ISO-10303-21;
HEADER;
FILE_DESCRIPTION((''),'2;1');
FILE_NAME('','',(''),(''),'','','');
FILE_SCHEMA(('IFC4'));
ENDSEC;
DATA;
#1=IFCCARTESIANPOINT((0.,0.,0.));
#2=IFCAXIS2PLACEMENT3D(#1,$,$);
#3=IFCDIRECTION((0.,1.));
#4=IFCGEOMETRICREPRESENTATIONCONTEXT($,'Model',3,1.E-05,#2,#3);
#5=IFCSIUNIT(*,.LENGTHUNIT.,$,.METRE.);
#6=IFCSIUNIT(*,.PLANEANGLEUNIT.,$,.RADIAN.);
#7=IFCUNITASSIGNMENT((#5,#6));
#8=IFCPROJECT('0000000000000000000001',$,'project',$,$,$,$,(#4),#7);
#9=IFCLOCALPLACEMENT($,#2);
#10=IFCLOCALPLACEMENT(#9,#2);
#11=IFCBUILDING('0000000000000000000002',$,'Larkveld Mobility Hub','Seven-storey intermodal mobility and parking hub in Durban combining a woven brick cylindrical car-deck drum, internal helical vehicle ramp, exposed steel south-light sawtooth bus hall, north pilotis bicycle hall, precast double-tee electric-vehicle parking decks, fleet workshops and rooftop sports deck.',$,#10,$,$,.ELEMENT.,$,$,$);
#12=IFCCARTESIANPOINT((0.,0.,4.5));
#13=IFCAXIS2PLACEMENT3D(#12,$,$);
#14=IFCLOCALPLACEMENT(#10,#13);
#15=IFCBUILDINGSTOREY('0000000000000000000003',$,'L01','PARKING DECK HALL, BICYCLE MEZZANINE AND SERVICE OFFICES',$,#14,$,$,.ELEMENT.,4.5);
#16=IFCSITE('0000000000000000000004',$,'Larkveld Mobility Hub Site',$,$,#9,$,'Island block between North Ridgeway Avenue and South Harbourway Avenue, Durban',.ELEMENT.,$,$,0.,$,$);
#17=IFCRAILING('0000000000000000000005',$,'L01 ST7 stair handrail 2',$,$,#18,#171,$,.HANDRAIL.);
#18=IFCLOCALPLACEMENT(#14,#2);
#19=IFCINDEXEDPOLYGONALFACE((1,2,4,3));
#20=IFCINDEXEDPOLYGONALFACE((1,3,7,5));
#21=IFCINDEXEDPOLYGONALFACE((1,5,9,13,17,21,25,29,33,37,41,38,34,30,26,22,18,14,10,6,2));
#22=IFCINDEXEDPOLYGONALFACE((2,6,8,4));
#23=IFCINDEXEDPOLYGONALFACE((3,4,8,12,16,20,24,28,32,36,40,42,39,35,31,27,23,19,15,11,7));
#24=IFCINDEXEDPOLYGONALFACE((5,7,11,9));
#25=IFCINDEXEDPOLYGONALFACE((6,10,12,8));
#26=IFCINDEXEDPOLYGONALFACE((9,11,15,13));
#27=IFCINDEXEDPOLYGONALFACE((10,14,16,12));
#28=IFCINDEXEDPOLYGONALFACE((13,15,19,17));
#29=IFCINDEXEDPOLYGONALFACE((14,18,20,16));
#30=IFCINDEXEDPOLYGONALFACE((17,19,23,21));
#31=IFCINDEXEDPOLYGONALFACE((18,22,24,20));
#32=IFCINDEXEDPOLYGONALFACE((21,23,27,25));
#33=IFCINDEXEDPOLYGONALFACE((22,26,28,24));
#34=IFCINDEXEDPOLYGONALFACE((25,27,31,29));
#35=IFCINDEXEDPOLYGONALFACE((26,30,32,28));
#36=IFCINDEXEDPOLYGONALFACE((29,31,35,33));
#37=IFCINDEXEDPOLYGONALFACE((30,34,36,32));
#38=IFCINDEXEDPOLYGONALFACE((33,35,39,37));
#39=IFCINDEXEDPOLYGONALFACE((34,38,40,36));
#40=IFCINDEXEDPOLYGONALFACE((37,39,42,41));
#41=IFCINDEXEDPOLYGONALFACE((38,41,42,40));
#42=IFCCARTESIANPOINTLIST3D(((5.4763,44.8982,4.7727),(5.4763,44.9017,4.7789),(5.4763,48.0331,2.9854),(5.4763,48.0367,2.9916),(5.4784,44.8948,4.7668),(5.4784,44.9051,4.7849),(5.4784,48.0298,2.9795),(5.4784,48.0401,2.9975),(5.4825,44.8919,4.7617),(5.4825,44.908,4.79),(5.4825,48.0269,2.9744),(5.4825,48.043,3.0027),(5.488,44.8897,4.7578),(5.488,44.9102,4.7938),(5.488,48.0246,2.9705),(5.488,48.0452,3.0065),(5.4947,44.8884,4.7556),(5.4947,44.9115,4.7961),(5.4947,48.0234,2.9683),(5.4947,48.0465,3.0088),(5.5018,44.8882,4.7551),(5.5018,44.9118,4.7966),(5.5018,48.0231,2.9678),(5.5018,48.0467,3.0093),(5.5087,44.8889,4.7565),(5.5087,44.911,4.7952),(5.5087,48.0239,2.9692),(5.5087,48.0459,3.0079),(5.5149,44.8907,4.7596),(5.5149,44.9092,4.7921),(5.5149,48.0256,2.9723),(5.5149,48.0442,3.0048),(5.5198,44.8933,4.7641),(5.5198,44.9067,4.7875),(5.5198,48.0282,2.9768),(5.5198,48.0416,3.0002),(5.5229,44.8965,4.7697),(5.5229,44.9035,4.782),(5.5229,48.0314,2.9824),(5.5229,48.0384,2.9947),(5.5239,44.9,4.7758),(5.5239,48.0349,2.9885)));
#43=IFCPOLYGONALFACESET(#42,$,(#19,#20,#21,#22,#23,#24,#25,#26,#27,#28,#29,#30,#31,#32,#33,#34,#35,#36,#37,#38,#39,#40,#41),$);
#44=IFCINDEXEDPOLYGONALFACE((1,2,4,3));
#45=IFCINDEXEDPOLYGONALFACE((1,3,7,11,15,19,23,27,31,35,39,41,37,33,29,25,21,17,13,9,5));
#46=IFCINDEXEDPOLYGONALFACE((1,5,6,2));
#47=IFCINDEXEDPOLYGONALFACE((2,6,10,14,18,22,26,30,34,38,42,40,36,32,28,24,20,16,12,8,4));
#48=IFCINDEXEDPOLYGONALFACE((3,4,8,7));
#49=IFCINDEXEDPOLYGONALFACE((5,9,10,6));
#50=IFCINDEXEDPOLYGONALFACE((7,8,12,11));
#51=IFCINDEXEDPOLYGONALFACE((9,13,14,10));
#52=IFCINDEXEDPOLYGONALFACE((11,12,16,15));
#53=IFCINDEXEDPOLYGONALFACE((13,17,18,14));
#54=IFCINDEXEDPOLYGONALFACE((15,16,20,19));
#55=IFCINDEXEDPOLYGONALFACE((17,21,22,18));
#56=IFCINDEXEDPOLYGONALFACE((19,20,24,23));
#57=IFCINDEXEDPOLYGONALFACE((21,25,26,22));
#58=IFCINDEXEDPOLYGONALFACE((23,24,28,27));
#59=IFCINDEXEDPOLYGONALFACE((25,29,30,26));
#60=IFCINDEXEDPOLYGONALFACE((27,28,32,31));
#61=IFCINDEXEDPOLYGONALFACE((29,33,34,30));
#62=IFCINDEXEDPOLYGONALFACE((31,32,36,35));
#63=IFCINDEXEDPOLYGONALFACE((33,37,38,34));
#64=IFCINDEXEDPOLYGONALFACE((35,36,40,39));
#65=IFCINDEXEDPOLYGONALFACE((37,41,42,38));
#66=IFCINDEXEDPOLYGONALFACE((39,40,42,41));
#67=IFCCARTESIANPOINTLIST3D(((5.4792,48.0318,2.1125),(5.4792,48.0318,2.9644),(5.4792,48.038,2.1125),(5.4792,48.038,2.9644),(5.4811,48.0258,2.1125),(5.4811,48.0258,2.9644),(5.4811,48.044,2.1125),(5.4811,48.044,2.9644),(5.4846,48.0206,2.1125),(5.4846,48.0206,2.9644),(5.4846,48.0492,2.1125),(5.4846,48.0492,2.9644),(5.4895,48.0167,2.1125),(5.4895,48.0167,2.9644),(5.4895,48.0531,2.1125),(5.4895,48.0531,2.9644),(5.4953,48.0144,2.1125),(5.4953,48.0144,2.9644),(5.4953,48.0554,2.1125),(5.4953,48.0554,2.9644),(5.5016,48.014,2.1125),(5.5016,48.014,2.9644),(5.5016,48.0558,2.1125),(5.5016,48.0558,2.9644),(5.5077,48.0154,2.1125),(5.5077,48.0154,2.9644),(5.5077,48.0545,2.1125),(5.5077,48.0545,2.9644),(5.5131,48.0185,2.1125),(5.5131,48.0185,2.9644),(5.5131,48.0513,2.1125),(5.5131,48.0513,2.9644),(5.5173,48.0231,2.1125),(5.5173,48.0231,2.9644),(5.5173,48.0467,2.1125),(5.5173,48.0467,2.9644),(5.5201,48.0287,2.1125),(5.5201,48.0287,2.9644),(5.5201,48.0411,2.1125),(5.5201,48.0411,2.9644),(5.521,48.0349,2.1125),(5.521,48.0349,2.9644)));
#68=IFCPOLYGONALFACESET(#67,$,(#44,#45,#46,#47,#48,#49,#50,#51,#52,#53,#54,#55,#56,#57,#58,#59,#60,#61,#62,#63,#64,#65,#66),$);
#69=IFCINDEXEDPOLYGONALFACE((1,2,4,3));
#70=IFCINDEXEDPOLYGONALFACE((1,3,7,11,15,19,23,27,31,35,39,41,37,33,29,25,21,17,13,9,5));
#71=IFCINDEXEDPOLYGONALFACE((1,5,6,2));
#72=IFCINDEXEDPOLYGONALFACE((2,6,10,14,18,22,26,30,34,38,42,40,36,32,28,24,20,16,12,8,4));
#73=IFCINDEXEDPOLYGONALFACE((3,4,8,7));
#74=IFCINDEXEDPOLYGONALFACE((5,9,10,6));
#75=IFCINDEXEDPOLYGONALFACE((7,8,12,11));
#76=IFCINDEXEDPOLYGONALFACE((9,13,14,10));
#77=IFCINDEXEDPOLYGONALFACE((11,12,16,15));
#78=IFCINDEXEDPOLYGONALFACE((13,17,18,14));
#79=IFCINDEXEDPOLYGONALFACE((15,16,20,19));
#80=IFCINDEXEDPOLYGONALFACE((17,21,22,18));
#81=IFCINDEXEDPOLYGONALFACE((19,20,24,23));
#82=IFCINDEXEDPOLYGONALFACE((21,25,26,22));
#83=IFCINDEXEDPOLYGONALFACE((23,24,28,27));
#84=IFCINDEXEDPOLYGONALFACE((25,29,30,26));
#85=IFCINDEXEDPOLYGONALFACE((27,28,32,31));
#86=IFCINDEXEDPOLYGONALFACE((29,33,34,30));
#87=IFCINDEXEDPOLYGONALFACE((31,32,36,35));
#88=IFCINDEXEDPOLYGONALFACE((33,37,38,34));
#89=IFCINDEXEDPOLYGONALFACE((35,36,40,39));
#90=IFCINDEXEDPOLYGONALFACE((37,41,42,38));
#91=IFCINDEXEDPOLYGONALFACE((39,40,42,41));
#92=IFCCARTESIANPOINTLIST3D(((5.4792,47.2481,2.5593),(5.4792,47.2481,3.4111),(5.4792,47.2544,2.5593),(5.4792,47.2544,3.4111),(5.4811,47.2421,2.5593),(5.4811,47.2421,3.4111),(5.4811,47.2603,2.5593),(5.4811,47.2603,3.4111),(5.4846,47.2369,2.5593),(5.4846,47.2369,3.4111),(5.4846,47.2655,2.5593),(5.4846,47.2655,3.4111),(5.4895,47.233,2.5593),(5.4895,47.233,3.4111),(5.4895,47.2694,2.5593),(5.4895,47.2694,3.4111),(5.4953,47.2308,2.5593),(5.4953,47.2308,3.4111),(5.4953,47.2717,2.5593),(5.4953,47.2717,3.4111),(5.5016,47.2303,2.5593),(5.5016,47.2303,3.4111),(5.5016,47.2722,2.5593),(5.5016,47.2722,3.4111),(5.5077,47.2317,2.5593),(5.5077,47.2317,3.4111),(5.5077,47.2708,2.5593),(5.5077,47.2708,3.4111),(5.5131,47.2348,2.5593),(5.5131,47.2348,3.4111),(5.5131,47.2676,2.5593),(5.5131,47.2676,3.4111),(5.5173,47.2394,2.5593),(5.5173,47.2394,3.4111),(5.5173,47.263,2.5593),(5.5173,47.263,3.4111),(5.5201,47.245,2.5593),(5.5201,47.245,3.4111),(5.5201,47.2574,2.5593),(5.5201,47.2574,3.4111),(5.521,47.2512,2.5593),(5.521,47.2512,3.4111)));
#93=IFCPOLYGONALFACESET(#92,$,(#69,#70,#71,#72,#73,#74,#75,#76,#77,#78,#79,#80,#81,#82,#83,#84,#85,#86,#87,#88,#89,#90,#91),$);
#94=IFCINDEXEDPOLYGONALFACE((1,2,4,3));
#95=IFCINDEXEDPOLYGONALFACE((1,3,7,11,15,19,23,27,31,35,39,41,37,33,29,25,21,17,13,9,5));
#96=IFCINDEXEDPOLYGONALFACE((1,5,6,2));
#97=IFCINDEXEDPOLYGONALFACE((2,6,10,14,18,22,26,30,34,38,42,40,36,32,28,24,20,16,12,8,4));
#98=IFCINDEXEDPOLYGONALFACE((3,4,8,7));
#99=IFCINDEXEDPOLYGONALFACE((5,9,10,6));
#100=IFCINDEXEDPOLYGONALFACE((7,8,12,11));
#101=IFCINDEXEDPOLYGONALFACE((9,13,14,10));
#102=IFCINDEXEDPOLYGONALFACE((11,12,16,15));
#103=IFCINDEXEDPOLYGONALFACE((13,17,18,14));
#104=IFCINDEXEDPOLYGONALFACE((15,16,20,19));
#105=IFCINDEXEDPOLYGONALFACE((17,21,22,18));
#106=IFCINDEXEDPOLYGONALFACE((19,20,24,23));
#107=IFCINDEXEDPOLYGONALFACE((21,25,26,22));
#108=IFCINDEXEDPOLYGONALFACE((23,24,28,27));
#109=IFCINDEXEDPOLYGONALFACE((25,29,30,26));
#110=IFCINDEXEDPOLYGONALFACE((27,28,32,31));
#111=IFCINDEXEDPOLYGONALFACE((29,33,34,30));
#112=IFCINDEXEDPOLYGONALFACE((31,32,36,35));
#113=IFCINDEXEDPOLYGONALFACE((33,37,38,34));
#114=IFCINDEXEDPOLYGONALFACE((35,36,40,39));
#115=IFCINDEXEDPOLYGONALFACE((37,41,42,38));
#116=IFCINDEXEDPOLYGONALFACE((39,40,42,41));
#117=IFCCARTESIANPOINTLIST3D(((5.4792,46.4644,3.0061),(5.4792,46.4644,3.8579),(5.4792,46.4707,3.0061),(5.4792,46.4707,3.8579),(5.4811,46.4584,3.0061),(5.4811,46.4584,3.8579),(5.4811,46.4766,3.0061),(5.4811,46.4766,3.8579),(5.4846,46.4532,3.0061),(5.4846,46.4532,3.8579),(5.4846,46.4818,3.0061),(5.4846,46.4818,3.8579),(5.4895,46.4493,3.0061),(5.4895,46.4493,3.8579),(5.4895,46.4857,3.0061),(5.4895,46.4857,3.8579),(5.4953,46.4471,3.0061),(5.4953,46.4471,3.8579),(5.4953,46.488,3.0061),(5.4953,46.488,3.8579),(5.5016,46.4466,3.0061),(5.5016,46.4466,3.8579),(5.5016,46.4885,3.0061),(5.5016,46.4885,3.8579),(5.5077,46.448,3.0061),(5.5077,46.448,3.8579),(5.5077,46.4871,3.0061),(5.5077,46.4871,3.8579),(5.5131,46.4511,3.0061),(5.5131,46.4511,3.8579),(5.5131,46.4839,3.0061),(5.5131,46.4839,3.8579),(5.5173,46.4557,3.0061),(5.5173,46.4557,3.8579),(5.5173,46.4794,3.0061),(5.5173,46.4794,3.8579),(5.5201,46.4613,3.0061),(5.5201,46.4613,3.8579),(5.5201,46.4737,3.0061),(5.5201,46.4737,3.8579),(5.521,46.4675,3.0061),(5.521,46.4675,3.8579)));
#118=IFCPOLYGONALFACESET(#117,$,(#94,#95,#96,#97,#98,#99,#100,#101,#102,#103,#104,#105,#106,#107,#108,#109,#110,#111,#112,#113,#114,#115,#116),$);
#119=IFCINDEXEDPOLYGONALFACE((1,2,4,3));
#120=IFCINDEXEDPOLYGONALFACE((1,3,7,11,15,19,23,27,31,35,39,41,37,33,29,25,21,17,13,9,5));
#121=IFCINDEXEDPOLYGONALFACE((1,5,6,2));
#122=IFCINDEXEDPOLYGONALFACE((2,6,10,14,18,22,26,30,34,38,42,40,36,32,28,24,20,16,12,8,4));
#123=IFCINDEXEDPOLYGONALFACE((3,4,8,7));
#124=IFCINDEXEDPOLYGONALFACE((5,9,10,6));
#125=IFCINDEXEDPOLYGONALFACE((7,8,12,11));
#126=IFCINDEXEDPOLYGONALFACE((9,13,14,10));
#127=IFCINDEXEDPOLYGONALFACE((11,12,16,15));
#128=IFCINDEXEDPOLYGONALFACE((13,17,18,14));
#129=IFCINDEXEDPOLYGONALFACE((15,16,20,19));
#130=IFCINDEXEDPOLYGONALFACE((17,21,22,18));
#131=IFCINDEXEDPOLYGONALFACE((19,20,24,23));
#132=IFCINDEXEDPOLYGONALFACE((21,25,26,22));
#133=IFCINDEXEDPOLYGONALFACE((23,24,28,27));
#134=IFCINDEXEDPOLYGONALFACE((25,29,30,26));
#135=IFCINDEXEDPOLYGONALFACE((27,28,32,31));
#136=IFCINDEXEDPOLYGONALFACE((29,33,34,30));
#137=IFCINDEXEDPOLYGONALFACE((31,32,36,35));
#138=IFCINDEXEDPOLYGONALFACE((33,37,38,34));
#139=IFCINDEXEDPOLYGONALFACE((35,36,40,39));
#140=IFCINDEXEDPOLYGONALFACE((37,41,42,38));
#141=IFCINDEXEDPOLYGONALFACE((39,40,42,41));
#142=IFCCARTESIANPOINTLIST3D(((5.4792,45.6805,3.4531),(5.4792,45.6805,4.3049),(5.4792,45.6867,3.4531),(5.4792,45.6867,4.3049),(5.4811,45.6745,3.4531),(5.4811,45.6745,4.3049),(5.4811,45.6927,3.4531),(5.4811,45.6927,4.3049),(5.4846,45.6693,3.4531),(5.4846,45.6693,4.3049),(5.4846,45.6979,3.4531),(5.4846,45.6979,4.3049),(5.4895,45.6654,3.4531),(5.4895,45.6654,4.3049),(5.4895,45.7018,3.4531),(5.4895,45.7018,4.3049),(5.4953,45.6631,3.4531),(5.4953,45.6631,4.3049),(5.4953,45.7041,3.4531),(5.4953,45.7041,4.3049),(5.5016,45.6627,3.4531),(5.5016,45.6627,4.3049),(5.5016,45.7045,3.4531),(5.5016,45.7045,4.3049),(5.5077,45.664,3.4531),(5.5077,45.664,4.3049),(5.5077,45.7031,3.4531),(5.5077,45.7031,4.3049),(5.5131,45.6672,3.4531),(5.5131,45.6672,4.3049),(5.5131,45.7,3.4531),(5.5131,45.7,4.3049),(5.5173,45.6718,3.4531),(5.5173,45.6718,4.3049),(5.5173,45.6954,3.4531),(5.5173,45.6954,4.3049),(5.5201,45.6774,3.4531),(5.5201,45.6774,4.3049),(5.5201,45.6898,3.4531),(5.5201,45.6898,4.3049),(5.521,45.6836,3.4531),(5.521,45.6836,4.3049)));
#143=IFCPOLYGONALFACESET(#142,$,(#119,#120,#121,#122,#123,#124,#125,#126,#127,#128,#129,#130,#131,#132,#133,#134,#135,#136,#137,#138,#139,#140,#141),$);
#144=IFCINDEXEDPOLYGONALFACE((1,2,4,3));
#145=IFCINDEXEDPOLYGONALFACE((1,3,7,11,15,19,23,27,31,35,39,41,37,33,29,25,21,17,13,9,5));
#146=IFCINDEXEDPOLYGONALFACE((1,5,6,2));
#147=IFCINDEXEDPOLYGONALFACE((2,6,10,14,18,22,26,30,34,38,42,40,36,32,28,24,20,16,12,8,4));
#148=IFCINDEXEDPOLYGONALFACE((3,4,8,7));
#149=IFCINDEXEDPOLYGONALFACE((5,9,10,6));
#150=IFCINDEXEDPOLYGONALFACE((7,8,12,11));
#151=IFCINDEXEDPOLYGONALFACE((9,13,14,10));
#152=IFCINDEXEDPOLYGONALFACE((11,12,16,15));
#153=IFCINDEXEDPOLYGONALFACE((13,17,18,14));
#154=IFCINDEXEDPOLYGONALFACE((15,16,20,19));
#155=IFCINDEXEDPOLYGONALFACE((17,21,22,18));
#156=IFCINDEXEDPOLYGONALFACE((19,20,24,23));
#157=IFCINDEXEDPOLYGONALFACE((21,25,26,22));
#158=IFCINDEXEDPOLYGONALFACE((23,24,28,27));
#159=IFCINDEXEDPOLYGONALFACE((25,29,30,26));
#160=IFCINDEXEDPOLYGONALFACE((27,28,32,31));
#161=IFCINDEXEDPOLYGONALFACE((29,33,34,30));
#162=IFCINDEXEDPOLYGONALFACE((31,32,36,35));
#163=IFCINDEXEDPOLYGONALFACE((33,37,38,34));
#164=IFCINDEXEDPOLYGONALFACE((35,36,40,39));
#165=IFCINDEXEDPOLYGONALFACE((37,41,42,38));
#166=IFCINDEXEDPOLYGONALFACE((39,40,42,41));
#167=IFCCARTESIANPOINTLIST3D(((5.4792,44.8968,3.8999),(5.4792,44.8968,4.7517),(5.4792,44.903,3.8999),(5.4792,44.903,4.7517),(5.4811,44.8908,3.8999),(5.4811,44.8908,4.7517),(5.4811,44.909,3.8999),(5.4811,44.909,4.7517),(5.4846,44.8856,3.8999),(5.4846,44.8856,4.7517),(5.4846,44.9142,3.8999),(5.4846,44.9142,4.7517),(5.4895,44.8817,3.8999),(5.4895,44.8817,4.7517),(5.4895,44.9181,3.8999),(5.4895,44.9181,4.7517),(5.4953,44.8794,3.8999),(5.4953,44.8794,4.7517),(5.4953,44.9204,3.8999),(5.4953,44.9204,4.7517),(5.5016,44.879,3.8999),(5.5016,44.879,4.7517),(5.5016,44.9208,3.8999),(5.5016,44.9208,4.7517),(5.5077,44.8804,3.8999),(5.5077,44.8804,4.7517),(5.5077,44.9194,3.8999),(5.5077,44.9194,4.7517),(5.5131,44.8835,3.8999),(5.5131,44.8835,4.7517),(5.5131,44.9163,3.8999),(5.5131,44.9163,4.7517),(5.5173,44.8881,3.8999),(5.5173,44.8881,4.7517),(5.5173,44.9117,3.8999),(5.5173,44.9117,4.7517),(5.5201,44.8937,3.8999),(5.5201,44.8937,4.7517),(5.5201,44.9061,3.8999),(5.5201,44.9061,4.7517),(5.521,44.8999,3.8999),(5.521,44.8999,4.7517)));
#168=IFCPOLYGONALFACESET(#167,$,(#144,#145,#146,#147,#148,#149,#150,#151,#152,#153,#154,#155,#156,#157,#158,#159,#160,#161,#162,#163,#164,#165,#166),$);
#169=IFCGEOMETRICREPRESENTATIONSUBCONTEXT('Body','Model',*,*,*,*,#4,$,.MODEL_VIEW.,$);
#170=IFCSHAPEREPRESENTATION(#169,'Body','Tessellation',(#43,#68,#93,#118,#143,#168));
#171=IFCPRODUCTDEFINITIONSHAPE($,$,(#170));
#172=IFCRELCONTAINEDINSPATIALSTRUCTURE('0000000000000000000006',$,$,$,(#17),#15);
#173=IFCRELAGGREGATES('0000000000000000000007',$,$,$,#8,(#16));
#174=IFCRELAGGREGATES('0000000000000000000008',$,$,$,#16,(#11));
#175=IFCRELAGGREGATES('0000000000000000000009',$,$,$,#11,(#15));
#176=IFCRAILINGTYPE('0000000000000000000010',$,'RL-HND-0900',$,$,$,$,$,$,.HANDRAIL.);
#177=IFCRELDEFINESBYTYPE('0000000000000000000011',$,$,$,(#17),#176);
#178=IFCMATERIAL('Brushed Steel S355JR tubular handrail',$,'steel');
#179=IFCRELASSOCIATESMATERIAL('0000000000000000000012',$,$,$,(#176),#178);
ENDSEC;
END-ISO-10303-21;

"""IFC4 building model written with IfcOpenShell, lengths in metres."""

from ifc_helpers import new_model, si_unit, direction, frame, origin, origin_2d, place, context, subcontext, project, spatial, circle, extrude, material, type_object, element, save


model = new_model("IFC4")

# Units and contexts
model_context = context("Model", 3, precision=1e-05, world=origin(), true_north=direction((0.0, 1.0)))
body_context = subcontext(model_context, "Body", "Model", "MODEL_VIEW")
ifc_project = project(units=[si_unit("LENGTHUNIT", "METRE"), si_unit("PLANEANGLEUNIT", "RADIAN")], contexts=[model_context])

# Site, building, storey
site_placement = place(None, origin())
site = spatial("IfcSite", under=ifc_project, at=site_placement, Name="Larkveld Mobility Hub Site", LongName="Island block between North Ridgeway Avenue and South Harbourway Avenue, Durban", CompositionType="ELEMENT", RefElevation=0.0)
building_placement = place(site_placement, origin())
building = spatial("IfcBuilding", under=site, at=building_placement, Name="Larkveld Mobility Hub", Description="Seven-storey intermodal mobility and parking hub in Durban combining a woven brick cylindrical car-deck drum, internal helical vehicle ramp, exposed steel south-light sawtooth bus hall, north pilotis bicycle hall, precast double-tee electric-vehicle parking decks, fleet workshops and rooftop sports deck.", CompositionType="ELEMENT")
storey_placement = place(building_placement, frame((0.0, 0.0, 4.5)))
storey = spatial("IfcBuildingStorey", under=building, at=storey_placement, Name="L01", Description="PARKING DECK HALL, BICYCLE MEZZANINE AND SERVICE OFFICES", CompositionType="ELEMENT", Elevation=4.5)

# Railing
ifc_material_1 = material(Name="Brushed Steel S355JR tubular handrail", Category="steel")
railing_type_1 = type_object("IfcRailingType", Name="RL-HND-0900", PredefinedType="HANDRAIL", material=ifc_material_1)
railing_1_placement = place(storey_placement, frame((5.5, 48.0349, 2.1125)))
element("IfcRailing", 1, at=railing_1_placement, inside=storey, type_object=railing_type_1, Name="L01 ST7 stair handrail 2", PredefinedType="HANDRAIL", context=body_context, shape_type="SweptSolid", body=[
    extrude(circle(Radius=0.0239, at=origin_2d()), frame((0.0, 0.0, 0.876), z_axis=(0.0, -0.86873, 0.495286), x_axis=(1.0, 0.0, 0.0)), (0.0, 0.0, 1.0), 3.6086),
    extrude(circle(Radius=0.021, at=origin_2d()), origin(), (0.0, 0.0, 1.0), 0.8518),
    extrude(circle(Radius=0.021, at=origin_2d()), frame((0.0, -0.7837, 0.4468)), (0.0, 0.0, 1.0), 0.8518),
    extrude(circle(Radius=0.021, at=origin_2d()), frame((0.0, -1.5674, 0.8936)), (0.0, 0.0, 1.0), 0.8518),
    extrude(circle(Radius=0.021, at=origin_2d()), frame((0.0, -2.3513, 1.3406)), (0.0, 0.0, 1.0), 0.8518),
    extrude(circle(Radius=0.021, at=origin_2d()), frame((0.0, -3.135, 1.7874)), (0.0, 0.0, 1.0), 0.8518),
])

save(model, "model.ifc")
